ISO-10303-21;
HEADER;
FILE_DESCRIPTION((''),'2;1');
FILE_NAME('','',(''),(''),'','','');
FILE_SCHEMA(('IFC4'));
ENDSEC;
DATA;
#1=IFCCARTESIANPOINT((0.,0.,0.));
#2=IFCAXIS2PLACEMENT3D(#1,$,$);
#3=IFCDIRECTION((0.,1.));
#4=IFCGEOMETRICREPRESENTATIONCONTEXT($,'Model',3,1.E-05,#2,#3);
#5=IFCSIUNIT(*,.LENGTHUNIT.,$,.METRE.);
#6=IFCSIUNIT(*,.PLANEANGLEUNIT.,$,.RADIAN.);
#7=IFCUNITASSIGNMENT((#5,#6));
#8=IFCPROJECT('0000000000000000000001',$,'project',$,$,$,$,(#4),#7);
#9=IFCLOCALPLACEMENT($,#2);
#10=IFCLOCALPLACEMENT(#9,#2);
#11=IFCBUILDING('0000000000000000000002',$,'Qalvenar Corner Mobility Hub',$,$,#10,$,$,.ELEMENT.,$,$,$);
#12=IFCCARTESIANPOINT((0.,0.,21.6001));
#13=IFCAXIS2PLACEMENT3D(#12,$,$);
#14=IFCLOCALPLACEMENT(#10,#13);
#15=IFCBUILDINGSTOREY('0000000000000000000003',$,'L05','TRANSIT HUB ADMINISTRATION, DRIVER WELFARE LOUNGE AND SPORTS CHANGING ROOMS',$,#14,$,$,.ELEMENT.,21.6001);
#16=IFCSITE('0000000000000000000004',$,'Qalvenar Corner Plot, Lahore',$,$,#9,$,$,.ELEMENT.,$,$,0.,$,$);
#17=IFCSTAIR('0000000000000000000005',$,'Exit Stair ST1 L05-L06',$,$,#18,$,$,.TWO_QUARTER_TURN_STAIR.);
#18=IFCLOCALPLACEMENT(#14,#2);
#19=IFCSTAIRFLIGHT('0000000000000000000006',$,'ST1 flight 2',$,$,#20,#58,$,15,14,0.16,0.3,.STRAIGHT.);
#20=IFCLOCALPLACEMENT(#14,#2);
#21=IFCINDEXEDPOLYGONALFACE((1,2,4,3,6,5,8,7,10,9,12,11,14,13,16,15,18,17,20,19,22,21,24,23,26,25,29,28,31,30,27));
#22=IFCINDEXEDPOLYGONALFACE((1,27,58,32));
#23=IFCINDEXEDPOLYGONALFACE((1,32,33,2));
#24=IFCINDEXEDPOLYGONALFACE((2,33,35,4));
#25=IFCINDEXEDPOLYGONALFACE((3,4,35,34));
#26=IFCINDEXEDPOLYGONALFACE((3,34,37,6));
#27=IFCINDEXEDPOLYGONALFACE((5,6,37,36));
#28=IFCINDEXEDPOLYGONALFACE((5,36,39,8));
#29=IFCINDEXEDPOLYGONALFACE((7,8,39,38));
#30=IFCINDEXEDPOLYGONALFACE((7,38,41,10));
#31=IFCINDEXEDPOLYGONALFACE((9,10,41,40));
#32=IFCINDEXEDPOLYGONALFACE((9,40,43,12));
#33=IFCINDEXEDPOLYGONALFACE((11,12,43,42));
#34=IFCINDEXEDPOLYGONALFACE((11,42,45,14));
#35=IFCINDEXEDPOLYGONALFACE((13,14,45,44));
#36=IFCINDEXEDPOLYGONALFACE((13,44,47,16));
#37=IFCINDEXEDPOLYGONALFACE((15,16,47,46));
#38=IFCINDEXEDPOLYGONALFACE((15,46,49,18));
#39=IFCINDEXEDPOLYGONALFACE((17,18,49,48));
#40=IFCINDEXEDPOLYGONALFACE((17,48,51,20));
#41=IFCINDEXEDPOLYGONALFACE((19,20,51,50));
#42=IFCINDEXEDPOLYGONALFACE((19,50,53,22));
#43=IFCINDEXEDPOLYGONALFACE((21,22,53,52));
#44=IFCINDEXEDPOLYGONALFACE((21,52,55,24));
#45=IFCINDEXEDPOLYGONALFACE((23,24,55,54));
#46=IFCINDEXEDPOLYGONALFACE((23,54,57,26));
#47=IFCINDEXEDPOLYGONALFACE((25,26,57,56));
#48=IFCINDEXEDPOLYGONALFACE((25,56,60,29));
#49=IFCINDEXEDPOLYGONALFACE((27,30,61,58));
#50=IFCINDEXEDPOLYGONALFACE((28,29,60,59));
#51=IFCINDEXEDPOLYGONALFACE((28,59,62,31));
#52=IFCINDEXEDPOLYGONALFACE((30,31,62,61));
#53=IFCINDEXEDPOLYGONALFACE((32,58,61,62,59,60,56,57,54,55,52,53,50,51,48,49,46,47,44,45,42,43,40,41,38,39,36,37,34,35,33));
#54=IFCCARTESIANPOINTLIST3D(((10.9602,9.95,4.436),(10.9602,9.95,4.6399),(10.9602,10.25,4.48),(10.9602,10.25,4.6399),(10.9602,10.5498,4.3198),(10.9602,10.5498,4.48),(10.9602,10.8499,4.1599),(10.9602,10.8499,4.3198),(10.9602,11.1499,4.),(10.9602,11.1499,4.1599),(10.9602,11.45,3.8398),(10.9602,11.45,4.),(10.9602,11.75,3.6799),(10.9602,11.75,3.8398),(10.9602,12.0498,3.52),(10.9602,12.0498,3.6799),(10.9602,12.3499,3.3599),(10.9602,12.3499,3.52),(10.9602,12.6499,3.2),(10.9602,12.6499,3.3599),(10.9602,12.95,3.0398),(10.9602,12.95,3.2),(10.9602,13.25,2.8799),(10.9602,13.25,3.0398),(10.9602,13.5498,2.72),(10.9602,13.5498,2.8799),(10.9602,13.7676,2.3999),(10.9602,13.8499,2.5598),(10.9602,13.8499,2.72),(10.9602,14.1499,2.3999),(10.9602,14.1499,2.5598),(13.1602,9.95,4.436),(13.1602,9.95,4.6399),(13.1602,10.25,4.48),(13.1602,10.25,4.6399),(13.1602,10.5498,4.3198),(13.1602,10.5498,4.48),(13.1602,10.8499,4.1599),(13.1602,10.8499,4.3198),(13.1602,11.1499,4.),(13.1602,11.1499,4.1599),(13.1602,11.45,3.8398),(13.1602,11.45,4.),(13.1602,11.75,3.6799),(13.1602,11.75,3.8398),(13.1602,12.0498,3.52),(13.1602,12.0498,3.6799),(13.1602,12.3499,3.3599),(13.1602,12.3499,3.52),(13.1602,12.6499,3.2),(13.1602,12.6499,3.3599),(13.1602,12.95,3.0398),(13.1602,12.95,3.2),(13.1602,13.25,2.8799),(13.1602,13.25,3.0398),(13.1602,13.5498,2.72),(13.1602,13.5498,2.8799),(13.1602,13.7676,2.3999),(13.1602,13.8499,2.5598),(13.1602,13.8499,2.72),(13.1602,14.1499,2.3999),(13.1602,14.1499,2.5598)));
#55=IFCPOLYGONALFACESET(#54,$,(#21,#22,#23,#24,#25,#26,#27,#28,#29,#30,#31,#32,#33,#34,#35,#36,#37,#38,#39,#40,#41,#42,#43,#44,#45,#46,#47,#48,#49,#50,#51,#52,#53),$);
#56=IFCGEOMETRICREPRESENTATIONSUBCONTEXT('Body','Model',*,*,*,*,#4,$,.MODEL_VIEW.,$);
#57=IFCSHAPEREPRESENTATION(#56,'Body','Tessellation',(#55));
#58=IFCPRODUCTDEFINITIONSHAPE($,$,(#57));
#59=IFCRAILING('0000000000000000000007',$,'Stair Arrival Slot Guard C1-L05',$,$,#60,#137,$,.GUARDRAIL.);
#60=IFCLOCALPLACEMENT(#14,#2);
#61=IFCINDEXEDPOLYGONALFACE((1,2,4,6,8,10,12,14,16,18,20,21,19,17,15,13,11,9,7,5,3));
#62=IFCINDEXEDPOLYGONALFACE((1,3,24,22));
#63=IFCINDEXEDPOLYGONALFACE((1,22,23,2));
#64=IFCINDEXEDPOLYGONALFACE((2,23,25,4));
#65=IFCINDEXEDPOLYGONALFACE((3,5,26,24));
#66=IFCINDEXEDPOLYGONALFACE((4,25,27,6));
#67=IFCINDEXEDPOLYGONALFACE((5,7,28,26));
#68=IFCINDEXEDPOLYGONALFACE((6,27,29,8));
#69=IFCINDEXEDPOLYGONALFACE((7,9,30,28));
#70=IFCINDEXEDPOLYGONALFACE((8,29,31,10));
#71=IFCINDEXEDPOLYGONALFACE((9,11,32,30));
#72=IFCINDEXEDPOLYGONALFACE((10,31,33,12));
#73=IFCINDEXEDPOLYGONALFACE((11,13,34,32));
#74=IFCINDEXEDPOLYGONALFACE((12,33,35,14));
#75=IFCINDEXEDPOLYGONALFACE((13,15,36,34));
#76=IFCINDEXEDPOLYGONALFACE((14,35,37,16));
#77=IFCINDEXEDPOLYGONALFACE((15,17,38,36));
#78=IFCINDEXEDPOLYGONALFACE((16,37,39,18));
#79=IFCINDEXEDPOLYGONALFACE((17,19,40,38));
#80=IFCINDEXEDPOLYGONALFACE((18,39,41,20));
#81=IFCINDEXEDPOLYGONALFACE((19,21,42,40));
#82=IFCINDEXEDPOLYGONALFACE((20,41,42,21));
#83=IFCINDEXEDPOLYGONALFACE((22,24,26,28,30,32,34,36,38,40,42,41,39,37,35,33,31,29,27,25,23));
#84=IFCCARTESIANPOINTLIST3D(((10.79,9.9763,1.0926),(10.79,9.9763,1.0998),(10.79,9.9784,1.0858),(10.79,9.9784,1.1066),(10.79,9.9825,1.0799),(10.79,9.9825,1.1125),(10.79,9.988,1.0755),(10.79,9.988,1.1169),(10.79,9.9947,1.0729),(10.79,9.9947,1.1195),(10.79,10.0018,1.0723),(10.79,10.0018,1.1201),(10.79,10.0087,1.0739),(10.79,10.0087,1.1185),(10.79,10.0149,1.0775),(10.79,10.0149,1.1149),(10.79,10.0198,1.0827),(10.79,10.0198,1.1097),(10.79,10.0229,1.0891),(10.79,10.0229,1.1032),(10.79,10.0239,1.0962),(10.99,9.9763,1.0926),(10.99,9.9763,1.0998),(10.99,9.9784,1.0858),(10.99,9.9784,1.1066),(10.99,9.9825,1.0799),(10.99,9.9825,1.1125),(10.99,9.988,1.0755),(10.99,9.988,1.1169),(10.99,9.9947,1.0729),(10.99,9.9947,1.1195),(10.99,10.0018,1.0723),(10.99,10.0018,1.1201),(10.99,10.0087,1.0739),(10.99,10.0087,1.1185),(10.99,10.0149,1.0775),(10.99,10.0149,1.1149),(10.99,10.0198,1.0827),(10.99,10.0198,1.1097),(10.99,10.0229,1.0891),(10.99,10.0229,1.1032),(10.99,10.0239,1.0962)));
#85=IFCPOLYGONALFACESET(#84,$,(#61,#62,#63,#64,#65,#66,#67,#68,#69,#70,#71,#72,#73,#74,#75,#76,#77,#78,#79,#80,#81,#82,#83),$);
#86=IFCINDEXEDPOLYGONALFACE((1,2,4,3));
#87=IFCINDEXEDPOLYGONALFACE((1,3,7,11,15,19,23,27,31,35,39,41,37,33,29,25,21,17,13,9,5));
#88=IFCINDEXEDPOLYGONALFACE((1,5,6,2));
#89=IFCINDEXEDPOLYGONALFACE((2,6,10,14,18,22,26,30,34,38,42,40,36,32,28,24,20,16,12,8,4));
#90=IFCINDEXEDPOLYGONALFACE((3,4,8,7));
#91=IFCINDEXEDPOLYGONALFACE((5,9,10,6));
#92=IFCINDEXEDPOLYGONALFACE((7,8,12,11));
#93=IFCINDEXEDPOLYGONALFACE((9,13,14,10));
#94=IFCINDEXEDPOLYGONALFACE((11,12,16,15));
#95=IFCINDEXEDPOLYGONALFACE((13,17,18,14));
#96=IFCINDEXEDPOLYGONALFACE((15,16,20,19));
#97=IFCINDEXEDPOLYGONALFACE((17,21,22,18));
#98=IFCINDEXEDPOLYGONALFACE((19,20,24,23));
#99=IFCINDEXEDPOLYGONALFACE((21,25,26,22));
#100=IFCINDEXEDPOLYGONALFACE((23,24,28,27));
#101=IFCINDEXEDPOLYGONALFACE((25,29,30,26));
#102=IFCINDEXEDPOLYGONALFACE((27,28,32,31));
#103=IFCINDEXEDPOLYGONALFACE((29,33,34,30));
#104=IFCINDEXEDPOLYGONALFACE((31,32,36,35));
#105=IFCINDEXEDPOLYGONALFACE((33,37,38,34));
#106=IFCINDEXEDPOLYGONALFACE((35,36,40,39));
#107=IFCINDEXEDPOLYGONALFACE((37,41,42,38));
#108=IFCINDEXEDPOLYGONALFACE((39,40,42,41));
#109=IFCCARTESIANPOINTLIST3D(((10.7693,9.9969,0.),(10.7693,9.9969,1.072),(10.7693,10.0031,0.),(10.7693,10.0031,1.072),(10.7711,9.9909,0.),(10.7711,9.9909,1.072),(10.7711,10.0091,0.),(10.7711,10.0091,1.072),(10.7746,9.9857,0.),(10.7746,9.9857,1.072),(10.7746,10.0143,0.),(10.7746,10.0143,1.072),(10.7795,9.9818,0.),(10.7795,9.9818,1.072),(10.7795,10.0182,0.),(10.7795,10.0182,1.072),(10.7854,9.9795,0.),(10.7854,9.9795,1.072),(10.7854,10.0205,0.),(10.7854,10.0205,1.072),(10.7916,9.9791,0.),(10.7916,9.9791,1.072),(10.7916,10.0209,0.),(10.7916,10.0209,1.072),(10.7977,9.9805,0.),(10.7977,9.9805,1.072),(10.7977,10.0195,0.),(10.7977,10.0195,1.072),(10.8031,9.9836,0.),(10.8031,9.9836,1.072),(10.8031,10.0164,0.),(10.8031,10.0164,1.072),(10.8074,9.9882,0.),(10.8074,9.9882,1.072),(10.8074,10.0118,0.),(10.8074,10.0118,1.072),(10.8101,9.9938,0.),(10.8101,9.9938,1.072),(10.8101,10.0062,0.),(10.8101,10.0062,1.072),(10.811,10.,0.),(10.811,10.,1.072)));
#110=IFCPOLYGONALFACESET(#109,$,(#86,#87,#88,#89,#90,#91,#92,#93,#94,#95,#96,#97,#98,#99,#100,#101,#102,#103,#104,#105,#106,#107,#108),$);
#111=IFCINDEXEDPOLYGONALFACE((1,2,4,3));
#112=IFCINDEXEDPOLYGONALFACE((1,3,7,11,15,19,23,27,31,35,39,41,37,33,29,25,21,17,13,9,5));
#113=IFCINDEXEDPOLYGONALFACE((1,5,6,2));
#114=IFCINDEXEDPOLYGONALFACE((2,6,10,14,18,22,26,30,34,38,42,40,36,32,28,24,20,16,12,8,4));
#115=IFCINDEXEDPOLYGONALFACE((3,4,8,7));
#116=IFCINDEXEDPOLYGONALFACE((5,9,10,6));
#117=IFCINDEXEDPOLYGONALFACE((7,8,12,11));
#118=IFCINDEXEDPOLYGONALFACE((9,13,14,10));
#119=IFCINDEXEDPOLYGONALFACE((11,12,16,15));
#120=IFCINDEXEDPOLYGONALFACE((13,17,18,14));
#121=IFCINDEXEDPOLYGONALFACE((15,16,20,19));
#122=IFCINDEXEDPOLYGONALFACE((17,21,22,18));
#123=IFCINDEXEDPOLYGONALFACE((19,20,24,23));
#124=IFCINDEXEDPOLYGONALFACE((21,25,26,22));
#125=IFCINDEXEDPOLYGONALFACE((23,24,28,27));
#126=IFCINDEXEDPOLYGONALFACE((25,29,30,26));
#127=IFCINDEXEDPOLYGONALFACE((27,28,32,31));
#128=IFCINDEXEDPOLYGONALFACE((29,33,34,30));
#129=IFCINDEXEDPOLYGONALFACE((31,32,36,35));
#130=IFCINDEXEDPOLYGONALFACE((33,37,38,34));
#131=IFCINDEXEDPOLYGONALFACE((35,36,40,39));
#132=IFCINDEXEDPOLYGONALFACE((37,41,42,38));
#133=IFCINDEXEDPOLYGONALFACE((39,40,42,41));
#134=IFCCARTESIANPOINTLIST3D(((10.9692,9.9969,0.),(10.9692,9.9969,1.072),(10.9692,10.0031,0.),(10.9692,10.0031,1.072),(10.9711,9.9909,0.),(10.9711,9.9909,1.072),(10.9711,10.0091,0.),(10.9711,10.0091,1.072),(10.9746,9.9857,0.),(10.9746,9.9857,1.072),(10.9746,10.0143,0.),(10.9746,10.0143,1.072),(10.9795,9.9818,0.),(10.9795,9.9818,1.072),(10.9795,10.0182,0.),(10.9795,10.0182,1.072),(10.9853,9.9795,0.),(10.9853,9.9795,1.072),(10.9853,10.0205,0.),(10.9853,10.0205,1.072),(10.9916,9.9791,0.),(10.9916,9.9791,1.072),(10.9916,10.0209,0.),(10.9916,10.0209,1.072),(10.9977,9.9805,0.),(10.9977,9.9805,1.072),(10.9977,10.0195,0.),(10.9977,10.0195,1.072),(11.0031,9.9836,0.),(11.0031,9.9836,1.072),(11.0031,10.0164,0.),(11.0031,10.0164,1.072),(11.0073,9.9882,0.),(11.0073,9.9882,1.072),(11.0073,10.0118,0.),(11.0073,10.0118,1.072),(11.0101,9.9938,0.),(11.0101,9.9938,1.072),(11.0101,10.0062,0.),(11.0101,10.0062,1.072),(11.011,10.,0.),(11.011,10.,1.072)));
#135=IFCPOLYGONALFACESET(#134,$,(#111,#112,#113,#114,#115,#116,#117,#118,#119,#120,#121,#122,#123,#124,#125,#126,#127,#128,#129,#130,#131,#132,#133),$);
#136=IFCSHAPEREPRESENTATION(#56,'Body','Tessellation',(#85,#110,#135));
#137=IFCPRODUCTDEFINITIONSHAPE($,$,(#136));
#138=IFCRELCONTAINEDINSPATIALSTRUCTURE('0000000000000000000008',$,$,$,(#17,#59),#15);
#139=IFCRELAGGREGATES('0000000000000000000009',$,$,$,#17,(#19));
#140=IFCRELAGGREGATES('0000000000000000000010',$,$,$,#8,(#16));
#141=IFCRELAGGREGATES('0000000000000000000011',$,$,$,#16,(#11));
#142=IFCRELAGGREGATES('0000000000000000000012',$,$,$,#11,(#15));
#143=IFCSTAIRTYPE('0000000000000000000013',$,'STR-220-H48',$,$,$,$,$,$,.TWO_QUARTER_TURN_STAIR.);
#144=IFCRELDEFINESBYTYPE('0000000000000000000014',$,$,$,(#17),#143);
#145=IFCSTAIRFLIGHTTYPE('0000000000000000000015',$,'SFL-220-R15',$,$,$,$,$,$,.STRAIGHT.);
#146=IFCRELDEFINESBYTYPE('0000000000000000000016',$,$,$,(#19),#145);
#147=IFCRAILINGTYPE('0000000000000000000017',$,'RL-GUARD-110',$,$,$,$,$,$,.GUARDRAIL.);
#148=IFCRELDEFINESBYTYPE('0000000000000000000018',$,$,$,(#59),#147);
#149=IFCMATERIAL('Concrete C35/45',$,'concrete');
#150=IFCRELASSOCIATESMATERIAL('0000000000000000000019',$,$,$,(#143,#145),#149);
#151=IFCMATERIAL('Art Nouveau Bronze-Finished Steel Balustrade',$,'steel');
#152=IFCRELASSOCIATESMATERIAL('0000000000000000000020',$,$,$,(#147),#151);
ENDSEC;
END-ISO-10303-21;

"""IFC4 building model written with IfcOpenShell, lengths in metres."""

from ifc_helpers import new_model, si_unit, direction, frame, origin, origin_2d, place, context, subcontext, project, spatial, polyline, circle, outline, extrude, material, type_object, element, aggregate, save


model = new_model("IFC4")

# Units and contexts
model_context = context("Model", 3, precision=1e-05, world=origin(), true_north=direction((0.0, 1.0)))
body_context = subcontext(model_context, "Body", "Model", "MODEL_VIEW")
ifc_project = project(units=[si_unit("LENGTHUNIT", "METRE"), si_unit("PLANEANGLEUNIT", "RADIAN")], contexts=[model_context])

# Site, building, storey
site_placement = place(None, origin())
site = spatial("IfcSite", under=ifc_project, at=site_placement, Name="Qalvenar Corner Plot, Lahore", CompositionType="ELEMENT", RefElevation=0.0)
building_placement = place(site_placement, origin())
building = spatial("IfcBuilding", under=site, at=building_placement, Name="Qalvenar Corner Mobility Hub", CompositionType="ELEMENT")
storey_placement = place(building_placement, frame((0.0, 0.0, 21.6001)))
storey = spatial("IfcBuildingStorey", under=building, at=storey_placement, Name="L05", Description="TRANSIT HUB ADMINISTRATION, DRIVER WELFARE LOUNGE AND SPORTS CHANGING ROOMS", CompositionType="ELEMENT", Elevation=21.6001)

# Stair, stair flight
ifc_material_1 = material(Name="Concrete C35/45", Category="concrete")
stair_type = type_object("IfcStairType", Name="STR-220-H48", PredefinedType="TWO_QUARTER_TURN_STAIR", material=ifc_material_1)
stair_placement = place(storey_placement, origin())
stair = element("IfcStair", 1, at=stair_placement, inside=storey, type_object=stair_type, Name="Exit Stair ST1 L05-L06", PredefinedType="TWO_QUARTER_TURN_STAIR")
stair_flight_type = type_object("IfcStairFlightType", Name="SFL-220-R15", PredefinedType="STRAIGHT", material=ifc_material_1)
stair_flight_1_placement = place(storey_placement, frame((12.0601, 14.1499, 2.3999), z_axis=(0.0, 0.0, 1.0), x_axis=(0.0, -1.0, 0.0)))
stair_flight_1 = element("IfcStairFlight", 2, at=stair_flight_1_placement, type_object=stair_flight_type, Name="ST1 flight 2", NumberOfRisers=15, NumberOfTreads=14, PredefinedType="STRAIGHT", RiserHeight=0.16, TreadLength=0.3, context=body_context, shape_type="SweptSolid", body=[
    extrude(outline(polyline([(0.0, 0.0), (0.0, 0.1599), (0.3, 0.1599), (0.3, 0.3201), (0.6001, 0.3201), (0.6001, 0.48), (0.8999, 0.48), (0.8999, 0.6399), (1.2, 0.6399), (1.2, 0.8), (1.5, 0.8), (1.5, 0.96), (1.8, 0.96), (1.8, 1.1201), (2.1001, 1.1201), (2.1001, 1.28), (2.3999, 1.28), (2.3999, 1.4399), (2.7, 1.4399), (2.7, 1.6001), (3.0, 1.6001), (3.0, 1.76), (3.3, 1.76), (3.3, 1.9199), (3.6001, 1.9199), (3.6001, 2.0801), (3.8999, 2.0801), (3.8999, 2.24), (4.2, 2.24), (4.2, 2.3999), (4.2, 2.0361), (0.3823, 0.0), (0.0, 0.0)])), frame((0.0, 1.1001, 0.0), z_axis=(0.0, -1.0, 0.0), x_axis=(1.0, 0.0, 0.0)), (0.0, 0.0, 1.0), 2.2),
])
aggregate(stair, [stair_flight_1])

# Railing
ifc_material_2 = material(Name="Art Nouveau Bronze-Finished Steel Balustrade", Category="steel")
railing_type_1 = type_object("IfcRailingType", Name="RL-GUARD-110", PredefinedType="GUARDRAIL", material=ifc_material_2)
for number, where, name in (
    (3, (10.79, 10.0, 0.0), "Stair Arrival Slot Guard C1-L05"),
):
    element("IfcRailing", number, at=place(storey_placement, frame(where)), inside=storey, type_object=railing_type_1, Name=name, PredefinedType="GUARDRAIL", context=body_context, shape_type="SweptSolid", body=[
        extrude(circle(Radius=0.0239, at=origin_2d()), frame((0.0, 0.0, 1.0962), z_axis=(1.0, 0.0, 0.0), x_axis=(0.0, 1.0, 0.0)), (0.0, 0.0, 1.0), 0.2),
        extrude(circle(Radius=0.021, at=origin_2d()), origin(), (0.0, 0.0, 1.0), 1.072),
        extrude(circle(Radius=0.021, at=origin_2d()), frame((0.2, 0.0, 0.0)), (0.0, 0.0, 1.0), 1.072),
    ])

save(model, "model.ifc")
